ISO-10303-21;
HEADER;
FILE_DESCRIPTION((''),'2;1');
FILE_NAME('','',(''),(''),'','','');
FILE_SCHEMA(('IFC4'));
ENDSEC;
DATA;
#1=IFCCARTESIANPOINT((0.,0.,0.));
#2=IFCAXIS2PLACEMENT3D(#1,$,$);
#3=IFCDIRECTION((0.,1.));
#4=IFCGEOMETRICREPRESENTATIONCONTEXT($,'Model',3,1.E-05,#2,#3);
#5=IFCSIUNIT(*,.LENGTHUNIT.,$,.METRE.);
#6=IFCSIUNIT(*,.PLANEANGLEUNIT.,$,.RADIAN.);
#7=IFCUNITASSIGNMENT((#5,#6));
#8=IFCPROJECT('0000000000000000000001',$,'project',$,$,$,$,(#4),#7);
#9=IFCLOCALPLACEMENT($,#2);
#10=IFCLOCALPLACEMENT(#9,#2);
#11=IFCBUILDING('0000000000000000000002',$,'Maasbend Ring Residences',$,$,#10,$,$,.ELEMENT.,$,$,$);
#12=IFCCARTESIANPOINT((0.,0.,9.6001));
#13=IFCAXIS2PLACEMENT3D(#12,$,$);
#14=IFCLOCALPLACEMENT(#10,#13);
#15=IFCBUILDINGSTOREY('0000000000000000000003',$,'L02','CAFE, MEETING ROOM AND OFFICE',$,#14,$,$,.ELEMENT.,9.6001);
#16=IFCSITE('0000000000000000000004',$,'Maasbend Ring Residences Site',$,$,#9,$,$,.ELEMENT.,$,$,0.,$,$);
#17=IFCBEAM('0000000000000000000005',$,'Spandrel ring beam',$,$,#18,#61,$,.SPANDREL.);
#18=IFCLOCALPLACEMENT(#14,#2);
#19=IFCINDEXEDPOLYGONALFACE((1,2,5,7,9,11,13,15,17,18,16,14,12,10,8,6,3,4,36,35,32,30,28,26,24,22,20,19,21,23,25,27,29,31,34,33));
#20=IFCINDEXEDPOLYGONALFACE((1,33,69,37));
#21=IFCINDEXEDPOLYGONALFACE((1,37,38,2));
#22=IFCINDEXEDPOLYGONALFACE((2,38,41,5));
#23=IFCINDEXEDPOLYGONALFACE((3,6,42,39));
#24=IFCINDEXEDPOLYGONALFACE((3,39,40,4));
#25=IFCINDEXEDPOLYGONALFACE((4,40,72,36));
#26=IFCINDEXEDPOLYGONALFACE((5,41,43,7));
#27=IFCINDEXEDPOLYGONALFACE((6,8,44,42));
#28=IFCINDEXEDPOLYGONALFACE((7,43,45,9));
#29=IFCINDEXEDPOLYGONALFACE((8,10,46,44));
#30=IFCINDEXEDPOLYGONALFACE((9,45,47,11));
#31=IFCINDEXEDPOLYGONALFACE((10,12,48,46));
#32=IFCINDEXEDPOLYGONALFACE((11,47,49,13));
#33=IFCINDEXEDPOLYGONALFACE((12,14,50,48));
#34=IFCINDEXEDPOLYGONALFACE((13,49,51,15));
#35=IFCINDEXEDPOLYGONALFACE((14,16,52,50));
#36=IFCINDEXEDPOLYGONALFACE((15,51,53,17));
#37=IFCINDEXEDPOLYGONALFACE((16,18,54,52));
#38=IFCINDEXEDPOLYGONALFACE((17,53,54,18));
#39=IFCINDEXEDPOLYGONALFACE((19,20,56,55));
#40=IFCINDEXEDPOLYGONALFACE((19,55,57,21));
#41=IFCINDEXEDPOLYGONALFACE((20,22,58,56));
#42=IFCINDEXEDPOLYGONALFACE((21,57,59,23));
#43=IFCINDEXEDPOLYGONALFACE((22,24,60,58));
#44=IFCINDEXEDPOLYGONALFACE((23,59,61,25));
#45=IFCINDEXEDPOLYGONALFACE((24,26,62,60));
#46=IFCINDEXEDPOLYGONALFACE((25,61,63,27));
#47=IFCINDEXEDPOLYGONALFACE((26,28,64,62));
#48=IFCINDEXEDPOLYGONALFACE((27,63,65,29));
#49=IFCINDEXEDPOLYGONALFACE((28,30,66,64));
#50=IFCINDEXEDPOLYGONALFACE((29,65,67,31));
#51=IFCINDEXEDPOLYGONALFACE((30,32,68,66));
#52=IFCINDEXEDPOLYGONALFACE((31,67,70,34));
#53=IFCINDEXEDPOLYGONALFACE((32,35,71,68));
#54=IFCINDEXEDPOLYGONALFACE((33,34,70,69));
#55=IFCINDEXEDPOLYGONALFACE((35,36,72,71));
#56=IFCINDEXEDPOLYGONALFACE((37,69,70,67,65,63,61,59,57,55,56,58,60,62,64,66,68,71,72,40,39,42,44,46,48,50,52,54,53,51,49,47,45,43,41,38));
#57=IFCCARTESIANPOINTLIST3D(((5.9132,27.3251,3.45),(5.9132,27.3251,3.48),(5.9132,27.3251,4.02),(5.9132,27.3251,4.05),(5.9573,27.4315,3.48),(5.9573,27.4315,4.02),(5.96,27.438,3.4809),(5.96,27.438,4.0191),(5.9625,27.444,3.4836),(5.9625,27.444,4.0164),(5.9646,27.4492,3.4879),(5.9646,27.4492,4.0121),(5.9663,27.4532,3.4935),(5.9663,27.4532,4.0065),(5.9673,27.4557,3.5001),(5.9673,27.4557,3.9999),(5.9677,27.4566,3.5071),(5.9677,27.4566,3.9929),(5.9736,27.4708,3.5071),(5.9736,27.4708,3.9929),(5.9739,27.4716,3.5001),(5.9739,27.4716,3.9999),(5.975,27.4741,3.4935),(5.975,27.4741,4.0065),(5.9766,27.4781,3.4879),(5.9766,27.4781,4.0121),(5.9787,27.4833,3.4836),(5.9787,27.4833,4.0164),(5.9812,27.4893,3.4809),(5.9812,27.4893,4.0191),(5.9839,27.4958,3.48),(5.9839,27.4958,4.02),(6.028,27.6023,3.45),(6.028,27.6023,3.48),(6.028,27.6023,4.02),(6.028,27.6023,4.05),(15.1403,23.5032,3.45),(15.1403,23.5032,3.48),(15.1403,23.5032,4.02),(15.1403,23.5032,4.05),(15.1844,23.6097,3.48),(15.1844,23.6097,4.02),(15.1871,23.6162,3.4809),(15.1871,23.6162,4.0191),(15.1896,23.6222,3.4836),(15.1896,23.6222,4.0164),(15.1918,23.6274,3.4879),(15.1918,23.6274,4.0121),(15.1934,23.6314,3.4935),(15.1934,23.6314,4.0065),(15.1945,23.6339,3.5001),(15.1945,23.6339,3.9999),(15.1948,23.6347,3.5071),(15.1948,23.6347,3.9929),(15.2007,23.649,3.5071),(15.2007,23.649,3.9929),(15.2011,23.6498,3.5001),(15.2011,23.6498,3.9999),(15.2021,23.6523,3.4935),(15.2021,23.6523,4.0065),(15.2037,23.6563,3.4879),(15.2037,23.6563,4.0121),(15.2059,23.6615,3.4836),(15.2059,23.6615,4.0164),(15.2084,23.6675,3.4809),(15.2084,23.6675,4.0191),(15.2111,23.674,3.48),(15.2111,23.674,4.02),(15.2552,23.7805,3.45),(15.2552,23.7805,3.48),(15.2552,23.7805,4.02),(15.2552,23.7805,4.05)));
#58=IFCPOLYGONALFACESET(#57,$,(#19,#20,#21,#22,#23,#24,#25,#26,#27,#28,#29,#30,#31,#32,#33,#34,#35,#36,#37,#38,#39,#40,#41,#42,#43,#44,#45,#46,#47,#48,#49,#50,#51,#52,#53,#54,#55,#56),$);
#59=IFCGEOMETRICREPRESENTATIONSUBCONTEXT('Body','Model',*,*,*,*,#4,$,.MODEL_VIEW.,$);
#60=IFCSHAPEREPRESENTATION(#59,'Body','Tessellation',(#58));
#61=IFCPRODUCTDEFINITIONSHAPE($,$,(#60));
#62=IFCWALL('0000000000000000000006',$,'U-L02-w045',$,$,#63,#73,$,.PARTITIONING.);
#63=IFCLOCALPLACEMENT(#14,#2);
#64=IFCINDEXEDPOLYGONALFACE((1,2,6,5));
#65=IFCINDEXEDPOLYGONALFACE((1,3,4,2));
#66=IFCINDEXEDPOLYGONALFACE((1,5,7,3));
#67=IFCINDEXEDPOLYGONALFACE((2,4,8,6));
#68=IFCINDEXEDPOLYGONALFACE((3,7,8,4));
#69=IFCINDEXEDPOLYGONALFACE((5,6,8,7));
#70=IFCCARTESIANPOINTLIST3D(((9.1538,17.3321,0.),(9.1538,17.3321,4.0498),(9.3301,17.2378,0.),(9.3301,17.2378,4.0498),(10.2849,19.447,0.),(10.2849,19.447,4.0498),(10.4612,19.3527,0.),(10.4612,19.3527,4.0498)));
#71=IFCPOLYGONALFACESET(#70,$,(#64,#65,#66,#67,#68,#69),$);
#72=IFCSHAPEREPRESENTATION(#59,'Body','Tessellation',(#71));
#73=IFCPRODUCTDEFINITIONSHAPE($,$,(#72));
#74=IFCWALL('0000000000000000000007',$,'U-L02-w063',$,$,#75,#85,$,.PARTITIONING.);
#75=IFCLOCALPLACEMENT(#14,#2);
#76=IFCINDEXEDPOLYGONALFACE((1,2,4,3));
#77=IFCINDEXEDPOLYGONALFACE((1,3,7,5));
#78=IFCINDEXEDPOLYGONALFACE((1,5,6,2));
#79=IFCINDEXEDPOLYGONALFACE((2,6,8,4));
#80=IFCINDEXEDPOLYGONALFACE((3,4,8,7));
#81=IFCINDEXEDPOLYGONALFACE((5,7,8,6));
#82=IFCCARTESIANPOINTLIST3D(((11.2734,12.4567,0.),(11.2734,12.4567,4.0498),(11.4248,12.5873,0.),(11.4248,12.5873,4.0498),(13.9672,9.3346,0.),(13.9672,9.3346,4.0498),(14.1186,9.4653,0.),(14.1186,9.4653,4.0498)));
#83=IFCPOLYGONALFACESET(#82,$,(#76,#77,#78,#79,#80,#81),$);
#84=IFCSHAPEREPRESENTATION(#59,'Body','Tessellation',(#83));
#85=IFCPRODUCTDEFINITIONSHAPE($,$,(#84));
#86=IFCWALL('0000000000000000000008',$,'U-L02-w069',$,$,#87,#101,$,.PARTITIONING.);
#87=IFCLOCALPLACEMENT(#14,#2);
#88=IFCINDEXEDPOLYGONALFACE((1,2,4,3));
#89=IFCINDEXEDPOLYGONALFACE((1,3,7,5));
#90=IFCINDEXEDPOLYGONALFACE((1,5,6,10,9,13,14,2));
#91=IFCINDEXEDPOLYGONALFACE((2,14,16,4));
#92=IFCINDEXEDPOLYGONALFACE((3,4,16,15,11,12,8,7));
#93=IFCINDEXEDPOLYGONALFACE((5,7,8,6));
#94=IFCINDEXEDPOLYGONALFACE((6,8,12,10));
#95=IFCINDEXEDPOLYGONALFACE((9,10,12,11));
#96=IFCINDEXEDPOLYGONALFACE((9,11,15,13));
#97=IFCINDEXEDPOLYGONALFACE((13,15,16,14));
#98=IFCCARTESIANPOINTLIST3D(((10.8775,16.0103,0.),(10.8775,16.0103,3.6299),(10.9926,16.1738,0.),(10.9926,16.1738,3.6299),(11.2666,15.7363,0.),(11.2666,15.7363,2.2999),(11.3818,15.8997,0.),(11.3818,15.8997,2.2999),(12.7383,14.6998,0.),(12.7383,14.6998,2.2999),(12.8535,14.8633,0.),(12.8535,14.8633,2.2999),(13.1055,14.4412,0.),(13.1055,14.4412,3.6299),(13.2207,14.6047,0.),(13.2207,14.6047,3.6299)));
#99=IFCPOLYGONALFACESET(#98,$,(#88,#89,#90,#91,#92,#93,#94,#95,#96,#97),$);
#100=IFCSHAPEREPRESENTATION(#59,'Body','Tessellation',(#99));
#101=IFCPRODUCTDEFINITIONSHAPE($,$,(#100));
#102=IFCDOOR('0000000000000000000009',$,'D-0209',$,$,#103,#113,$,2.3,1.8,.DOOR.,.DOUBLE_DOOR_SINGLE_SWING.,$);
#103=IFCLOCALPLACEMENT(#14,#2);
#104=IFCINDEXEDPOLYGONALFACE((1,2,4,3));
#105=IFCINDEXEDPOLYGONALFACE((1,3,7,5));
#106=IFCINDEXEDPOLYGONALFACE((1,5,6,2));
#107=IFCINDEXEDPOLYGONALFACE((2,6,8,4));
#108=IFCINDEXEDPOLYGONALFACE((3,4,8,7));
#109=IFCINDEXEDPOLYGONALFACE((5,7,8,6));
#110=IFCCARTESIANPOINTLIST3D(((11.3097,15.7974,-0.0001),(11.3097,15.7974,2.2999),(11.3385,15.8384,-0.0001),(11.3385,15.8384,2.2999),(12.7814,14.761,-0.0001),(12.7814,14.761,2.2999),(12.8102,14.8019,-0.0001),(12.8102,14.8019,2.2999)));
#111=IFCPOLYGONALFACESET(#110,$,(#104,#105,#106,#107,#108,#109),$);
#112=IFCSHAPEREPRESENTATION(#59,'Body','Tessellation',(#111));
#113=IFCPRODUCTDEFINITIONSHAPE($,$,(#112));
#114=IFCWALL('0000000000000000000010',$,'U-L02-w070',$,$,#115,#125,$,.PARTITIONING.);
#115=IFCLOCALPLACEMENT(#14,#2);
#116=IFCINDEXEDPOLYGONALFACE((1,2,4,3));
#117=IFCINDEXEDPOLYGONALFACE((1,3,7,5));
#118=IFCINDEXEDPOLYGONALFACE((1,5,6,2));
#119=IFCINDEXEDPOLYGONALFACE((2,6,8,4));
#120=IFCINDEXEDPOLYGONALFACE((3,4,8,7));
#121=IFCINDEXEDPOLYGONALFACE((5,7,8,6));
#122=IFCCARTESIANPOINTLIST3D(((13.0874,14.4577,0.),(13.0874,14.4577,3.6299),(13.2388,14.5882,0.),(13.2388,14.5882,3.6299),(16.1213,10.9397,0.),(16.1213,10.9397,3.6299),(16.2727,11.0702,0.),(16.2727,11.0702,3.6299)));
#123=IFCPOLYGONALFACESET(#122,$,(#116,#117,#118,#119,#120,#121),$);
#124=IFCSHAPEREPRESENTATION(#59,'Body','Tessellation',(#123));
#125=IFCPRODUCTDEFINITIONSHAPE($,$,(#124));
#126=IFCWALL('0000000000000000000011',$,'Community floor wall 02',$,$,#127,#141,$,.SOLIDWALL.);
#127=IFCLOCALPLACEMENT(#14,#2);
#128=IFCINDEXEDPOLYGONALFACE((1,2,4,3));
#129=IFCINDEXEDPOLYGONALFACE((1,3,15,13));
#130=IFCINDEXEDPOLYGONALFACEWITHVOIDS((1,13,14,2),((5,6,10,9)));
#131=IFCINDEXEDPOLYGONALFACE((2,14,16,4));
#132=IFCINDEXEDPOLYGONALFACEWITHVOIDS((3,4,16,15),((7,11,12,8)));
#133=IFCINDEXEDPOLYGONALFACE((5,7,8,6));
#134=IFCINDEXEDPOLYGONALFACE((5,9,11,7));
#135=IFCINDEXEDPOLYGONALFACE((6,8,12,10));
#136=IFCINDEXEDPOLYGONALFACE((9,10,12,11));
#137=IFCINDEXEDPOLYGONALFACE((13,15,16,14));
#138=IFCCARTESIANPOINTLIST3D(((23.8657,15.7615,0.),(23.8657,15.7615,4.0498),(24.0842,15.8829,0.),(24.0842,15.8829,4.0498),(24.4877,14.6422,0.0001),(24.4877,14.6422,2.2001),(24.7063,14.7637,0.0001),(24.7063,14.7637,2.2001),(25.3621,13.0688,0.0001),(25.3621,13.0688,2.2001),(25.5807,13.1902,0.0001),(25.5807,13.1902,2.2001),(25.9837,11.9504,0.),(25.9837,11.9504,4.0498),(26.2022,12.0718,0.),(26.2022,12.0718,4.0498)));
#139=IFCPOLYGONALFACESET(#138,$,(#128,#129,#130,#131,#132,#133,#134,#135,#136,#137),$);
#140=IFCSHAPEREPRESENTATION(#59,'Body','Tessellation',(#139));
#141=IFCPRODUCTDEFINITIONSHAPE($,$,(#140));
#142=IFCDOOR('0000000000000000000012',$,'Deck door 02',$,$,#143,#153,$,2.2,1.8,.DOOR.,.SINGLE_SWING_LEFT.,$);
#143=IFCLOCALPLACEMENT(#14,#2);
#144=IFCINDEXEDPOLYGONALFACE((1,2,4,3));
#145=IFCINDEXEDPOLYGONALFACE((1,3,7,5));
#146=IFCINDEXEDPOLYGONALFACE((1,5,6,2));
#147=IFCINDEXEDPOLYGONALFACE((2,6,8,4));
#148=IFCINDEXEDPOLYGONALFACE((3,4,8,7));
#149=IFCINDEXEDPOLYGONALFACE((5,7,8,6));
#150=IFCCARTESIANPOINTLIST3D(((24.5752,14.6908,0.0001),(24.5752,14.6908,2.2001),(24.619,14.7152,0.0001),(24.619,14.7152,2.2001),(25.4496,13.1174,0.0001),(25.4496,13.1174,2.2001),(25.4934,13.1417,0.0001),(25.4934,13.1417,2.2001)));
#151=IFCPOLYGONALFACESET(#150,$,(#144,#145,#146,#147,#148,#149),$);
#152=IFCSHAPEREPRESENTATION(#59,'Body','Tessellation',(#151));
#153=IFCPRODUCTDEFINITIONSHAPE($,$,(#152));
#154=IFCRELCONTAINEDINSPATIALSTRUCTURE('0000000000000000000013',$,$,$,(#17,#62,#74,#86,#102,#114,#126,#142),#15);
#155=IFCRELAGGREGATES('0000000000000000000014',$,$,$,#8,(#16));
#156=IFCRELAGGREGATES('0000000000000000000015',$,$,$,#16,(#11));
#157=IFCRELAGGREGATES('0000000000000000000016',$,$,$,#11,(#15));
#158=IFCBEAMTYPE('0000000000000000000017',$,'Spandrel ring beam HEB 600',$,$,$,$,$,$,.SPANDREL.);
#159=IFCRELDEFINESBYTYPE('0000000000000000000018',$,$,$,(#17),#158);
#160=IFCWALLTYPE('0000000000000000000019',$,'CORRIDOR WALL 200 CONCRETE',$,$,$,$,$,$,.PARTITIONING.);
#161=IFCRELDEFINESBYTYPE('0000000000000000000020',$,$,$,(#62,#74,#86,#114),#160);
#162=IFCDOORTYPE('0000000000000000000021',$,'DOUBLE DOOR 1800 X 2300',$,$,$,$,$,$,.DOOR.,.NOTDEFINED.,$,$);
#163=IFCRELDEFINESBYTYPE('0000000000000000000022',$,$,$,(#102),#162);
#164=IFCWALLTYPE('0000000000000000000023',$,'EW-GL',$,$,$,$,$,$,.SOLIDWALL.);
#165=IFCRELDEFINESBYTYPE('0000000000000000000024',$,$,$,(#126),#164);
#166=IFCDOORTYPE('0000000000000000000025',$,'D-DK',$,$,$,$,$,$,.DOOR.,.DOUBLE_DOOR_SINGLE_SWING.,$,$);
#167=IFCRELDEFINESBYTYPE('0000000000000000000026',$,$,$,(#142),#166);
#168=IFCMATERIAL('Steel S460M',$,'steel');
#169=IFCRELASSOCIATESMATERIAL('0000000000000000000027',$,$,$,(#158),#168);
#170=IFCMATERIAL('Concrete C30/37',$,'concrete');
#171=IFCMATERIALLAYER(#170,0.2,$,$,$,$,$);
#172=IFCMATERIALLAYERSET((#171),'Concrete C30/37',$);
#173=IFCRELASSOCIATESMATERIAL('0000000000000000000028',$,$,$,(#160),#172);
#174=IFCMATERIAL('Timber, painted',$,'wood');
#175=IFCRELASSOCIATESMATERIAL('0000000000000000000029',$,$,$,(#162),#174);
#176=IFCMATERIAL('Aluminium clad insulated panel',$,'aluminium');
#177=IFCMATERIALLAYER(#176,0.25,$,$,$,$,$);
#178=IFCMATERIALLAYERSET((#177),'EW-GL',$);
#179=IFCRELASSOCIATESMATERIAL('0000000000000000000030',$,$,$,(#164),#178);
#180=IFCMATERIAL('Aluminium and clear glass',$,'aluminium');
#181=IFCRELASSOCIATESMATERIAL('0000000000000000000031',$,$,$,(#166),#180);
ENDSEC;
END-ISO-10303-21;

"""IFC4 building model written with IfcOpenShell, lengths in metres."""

from ifc_helpers import new_model, si_unit, direction, frame, frame_2d, origin, origin_2d, place, context, subcontext, project, spatial, rectangle, i_section, extrude, material, layer, layer_set, material_profile, profile_set, type_object, element, fill, save


model = new_model("IFC4")

# Units and contexts
model_context = context("Model", 3, precision=1e-05, world=origin(), true_north=direction((0.0, 1.0)))
body_context = subcontext(model_context, "Body", "Model", "MODEL_VIEW")
ifc_project = project(units=[si_unit("LENGTHUNIT", "METRE"), si_unit("PLANEANGLEUNIT", "RADIAN")], contexts=[model_context])

# Site, building, storey
site_placement = place(None, origin())
site = spatial("IfcSite", under=ifc_project, at=site_placement, Name="Maasbend Ring Residences Site", CompositionType="ELEMENT", RefElevation=0.0)
building_placement = place(site_placement, origin())
building = spatial("IfcBuilding", under=site, at=building_placement, Name="Maasbend Ring Residences", CompositionType="ELEMENT")
storey_placement = place(building_placement, frame((0.0, 0.0, 9.6001)))
storey = spatial("IfcBuildingStorey", under=building, at=storey_placement, Name="L02", Description="CAFE, MEETING ROOM AND OFFICE", CompositionType="ELEMENT", Elevation=9.6001)

# Beam
ifc_material_1 = material(Name="Steel S460M", Category="steel")
ifc_material_profile_1 = material_profile(ifc_material_1, i_section(OverallWidth=0.3, OverallDepth=0.6001, WebThickness=0.0154, FlangeThickness=0.03, FilletRadius=0.0271, at=origin_2d()), Name="HEB 600")
ifc_profile_set_1 = profile_set([ifc_material_profile_1], Name="Steel S460M")
beam_type_1 = type_object("IfcBeamType", Name="Spandrel ring beam HEB 600", PredefinedType="SPANDREL", material=ifc_profile_set_1)
beam_1_placement = place(storey_placement, frame((15.1978, 23.6418, 3.75), z_axis=(-0.923886, 0.382667, 0.0), x_axis=(-0.382667, -0.923886, 0.0)))
element("IfcBeam", 1, at=beam_1_placement, inside=storey, type_object=beam_type_1, Name="Spandrel ring beam", PredefinedType="SPANDREL", context=body_context, shape_type="SweptSolid", body=[
    extrude(i_section(OverallWidth=0.3, OverallDepth=0.6001, WebThickness=0.0154, FlangeThickness=0.03, FilletRadius=0.0271, at=origin_2d()), origin(), (0.0, 0.0, 1.0), 9.9873),
])

# Walls
ifc_material_2 = material(Name="Concrete C30/37", Category="concrete")
ifc_layer_1 = layer(ifc_material_2, 0.2)
ifc_layer_set_1 = layer_set([ifc_layer_1], Name="Concrete C30/37")
wall_type_1 = type_object("IfcWallType", Name="CORRIDOR WALL 200 CONCRETE", PredefinedType="PARTITIONING", material=ifc_layer_set_1)
wall_1_placement = place(storey_placement, frame((9.2419, 17.2849, 0.0), z_axis=(0.0, 0.0, 1.0), x_axis=(0.471597, 0.881814, 0.0)))
element("IfcWall", 2, at=wall_1_placement, inside=storey, type_object=wall_type_1, Name="U-L02-w045", PredefinedType="PARTITIONING", context=body_context, shape_type="SweptSolid", body=[
    extrude(rectangle(XDim=2.3984, YDim=0.2, at=frame_2d((1.1992, 0.0))), origin(), (0.0, 0.0, 1.0), 4.0498),
])
wall_2_placement = place(storey_placement, frame((11.3491, 12.522, 0.0), z_axis=(0.0, 0.0, 1.0), x_axis=(0.653275, -0.757121, 0.0)))
element("IfcWall", 3, at=wall_2_placement, inside=storey, type_object=wall_type_1, Name="U-L02-w063", PredefinedType="PARTITIONING", context=body_context, shape_type="SweptSolid", body=[
    extrude(rectangle(XDim=4.1235, YDim=0.2, at=frame_2d((2.0618, 0.0))), origin(), (0.0, 0.0, 1.0), 4.0498),
])

# Wall, opening, door
wall_3_placement = place(storey_placement, frame((10.9351, 16.092, 0.0), z_axis=(0.0, 0.0, 1.0), x_axis=(0.817596, -0.575793, 0.0)))
wall_3 = element("IfcWall", 4, at=wall_3_placement, inside=storey, type_object=wall_type_1, Name="U-L02-w069", PredefinedType="PARTITIONING", context=body_context, shape_type="SweptSolid", body=[
    extrude(rectangle(XDim=2.7251, YDim=0.2, at=frame_2d((1.3625, 0.0))), origin(), (0.0, 0.0, 1.0), 3.6299),
])
opening_1_placement = place(wall_3_placement, frame((0.4761, 0.0, 0.0)))
opening_1 = element("IfcOpeningElement", 5, at=opening_1_placement, cuts=wall_3, PredefinedType="OPENING", context=body_context, shape_type="SweptSolid", body=[
    extrude(rectangle(XDim=1.8, YDim=2.3, at=frame_2d((0.8999, 1.1499))), frame((0.0, 0.1099, 0.0), z_axis=(0.0, -1.0, 0.0), x_axis=(1.0, 0.0, 0.0)), (0.0, 0.0, 1.0), 0.22),
])
ifc_material_3 = material(Name="Timber, painted", Category="wood")
door_type_1 = type_object("IfcDoorType", Name="DOUBLE DOOR 1800 X 2300", OperationType="NOTDEFINED", PredefinedType="DOOR", material=ifc_material_3)
door_1_placement = place(opening_1_placement, origin())
door_1 = element("IfcDoor", 6, at=door_1_placement, inside=storey, type_object=door_type_1, Name="D-0209", OperationType="DOUBLE_DOOR_SINGLE_SWING", OverallHeight=2.3, OverallWidth=1.8, PredefinedType="DOOR", context=body_context, shape_type="SweptSolid", body=[
    extrude(rectangle(XDim=1.8, YDim=2.3, at=frame_2d((0.8999, 1.1499))), frame((0.0, 0.0249, 0.0), z_axis=(0.0, -1.0, 0.0), x_axis=(1.0, 0.0, 0.0)), (0.0, 0.0, 1.0), 0.05),
])
fill(opening_1, door_1)

# Wall
wall_4_placement = place(storey_placement, frame((13.1631, 14.5229, 0.0), z_axis=(0.0, 0.0, 1.0), x_axis=(0.653078, -0.757291, 0.0)))
element("IfcWall", 7, at=wall_4_placement, inside=storey, type_object=wall_type_1, Name="U-L02-w070", PredefinedType="PARTITIONING", context=body_context, shape_type="SweptSolid", body=[
    extrude(rectangle(XDim=4.6455, YDim=0.2, at=frame_2d((2.3228, 0.0))), origin(), (0.0, 0.0, 1.0), 3.6299),
])

# Wall, opening, door
ifc_material_4 = material(Name="Aluminium clad insulated panel", Category="aluminium")
ifc_layer_2 = layer(ifc_material_4, 0.25)
ifc_layer_set_2 = layer_set([ifc_layer_2], Name="EW-GL")
wall_type_2 = type_object("IfcWallType", Name="EW-GL", PredefinedType="SOLIDWALL", material=ifc_layer_set_2)
wall_5_placement = place(storey_placement, frame((26.093, 12.011, 0.0), z_axis=(0.0, 0.0, 1.0), x_axis=(-0.485762, 0.874091, 0.0)))
wall_5 = element("IfcWall", 8, at=wall_5_placement, inside=storey, type_object=wall_type_2, Name="Community floor wall 02", PredefinedType="SOLIDWALL", context=body_context, shape_type="SweptSolid", body=[
    extrude(rectangle(XDim=4.3601, YDim=0.25, at=frame_2d((2.1802, 0.0))), origin(), (0.0, 0.0, 1.0), 4.0498),
])
opening_2_placement = place(wall_5_placement, frame((1.2798, 0.0, 0.0)))
opening_2 = element("IfcOpeningElement", 9, at=opening_2_placement, cuts=wall_5, PredefinedType="OPENING", context=body_context, shape_type="SweptSolid", body=[
    extrude(rectangle(XDim=1.8, YDim=2.2, at=frame_2d((0.8999, 1.1001))), frame((0.0, 0.135, 0.0), z_axis=(0.0, -1.0, 0.0), x_axis=(1.0, 0.0, 0.0)), (0.0, 0.0, 1.0), 0.27),
])
ifc_material_5 = material(Name="Aluminium and clear glass", Category="aluminium")
door_type_2 = type_object("IfcDoorType", Name="D-DK", OperationType="DOUBLE_DOOR_SINGLE_SWING", PredefinedType="DOOR", material=ifc_material_5)
door_2_placement = place(opening_2_placement, origin())
door_2 = element("IfcDoor", 10, at=door_2_placement, inside=storey, type_object=door_type_2, Name="Deck door 02", OperationType="SINGLE_SWING_LEFT", OverallHeight=2.2, OverallWidth=1.8, PredefinedType="DOOR", context=body_context, shape_type="SweptSolid", body=[
    extrude(rectangle(XDim=1.8, YDim=2.2, at=frame_2d((0.8999, 1.1001))), frame((0.0, 0.0249, 0.0), z_axis=(0.0, -1.0, 0.0), x_axis=(1.0, 0.0, 0.0)), (0.0, 0.0, 1.0), 0.05),
])
fill(opening_2, door_2)

save(model, "model.ifc")
